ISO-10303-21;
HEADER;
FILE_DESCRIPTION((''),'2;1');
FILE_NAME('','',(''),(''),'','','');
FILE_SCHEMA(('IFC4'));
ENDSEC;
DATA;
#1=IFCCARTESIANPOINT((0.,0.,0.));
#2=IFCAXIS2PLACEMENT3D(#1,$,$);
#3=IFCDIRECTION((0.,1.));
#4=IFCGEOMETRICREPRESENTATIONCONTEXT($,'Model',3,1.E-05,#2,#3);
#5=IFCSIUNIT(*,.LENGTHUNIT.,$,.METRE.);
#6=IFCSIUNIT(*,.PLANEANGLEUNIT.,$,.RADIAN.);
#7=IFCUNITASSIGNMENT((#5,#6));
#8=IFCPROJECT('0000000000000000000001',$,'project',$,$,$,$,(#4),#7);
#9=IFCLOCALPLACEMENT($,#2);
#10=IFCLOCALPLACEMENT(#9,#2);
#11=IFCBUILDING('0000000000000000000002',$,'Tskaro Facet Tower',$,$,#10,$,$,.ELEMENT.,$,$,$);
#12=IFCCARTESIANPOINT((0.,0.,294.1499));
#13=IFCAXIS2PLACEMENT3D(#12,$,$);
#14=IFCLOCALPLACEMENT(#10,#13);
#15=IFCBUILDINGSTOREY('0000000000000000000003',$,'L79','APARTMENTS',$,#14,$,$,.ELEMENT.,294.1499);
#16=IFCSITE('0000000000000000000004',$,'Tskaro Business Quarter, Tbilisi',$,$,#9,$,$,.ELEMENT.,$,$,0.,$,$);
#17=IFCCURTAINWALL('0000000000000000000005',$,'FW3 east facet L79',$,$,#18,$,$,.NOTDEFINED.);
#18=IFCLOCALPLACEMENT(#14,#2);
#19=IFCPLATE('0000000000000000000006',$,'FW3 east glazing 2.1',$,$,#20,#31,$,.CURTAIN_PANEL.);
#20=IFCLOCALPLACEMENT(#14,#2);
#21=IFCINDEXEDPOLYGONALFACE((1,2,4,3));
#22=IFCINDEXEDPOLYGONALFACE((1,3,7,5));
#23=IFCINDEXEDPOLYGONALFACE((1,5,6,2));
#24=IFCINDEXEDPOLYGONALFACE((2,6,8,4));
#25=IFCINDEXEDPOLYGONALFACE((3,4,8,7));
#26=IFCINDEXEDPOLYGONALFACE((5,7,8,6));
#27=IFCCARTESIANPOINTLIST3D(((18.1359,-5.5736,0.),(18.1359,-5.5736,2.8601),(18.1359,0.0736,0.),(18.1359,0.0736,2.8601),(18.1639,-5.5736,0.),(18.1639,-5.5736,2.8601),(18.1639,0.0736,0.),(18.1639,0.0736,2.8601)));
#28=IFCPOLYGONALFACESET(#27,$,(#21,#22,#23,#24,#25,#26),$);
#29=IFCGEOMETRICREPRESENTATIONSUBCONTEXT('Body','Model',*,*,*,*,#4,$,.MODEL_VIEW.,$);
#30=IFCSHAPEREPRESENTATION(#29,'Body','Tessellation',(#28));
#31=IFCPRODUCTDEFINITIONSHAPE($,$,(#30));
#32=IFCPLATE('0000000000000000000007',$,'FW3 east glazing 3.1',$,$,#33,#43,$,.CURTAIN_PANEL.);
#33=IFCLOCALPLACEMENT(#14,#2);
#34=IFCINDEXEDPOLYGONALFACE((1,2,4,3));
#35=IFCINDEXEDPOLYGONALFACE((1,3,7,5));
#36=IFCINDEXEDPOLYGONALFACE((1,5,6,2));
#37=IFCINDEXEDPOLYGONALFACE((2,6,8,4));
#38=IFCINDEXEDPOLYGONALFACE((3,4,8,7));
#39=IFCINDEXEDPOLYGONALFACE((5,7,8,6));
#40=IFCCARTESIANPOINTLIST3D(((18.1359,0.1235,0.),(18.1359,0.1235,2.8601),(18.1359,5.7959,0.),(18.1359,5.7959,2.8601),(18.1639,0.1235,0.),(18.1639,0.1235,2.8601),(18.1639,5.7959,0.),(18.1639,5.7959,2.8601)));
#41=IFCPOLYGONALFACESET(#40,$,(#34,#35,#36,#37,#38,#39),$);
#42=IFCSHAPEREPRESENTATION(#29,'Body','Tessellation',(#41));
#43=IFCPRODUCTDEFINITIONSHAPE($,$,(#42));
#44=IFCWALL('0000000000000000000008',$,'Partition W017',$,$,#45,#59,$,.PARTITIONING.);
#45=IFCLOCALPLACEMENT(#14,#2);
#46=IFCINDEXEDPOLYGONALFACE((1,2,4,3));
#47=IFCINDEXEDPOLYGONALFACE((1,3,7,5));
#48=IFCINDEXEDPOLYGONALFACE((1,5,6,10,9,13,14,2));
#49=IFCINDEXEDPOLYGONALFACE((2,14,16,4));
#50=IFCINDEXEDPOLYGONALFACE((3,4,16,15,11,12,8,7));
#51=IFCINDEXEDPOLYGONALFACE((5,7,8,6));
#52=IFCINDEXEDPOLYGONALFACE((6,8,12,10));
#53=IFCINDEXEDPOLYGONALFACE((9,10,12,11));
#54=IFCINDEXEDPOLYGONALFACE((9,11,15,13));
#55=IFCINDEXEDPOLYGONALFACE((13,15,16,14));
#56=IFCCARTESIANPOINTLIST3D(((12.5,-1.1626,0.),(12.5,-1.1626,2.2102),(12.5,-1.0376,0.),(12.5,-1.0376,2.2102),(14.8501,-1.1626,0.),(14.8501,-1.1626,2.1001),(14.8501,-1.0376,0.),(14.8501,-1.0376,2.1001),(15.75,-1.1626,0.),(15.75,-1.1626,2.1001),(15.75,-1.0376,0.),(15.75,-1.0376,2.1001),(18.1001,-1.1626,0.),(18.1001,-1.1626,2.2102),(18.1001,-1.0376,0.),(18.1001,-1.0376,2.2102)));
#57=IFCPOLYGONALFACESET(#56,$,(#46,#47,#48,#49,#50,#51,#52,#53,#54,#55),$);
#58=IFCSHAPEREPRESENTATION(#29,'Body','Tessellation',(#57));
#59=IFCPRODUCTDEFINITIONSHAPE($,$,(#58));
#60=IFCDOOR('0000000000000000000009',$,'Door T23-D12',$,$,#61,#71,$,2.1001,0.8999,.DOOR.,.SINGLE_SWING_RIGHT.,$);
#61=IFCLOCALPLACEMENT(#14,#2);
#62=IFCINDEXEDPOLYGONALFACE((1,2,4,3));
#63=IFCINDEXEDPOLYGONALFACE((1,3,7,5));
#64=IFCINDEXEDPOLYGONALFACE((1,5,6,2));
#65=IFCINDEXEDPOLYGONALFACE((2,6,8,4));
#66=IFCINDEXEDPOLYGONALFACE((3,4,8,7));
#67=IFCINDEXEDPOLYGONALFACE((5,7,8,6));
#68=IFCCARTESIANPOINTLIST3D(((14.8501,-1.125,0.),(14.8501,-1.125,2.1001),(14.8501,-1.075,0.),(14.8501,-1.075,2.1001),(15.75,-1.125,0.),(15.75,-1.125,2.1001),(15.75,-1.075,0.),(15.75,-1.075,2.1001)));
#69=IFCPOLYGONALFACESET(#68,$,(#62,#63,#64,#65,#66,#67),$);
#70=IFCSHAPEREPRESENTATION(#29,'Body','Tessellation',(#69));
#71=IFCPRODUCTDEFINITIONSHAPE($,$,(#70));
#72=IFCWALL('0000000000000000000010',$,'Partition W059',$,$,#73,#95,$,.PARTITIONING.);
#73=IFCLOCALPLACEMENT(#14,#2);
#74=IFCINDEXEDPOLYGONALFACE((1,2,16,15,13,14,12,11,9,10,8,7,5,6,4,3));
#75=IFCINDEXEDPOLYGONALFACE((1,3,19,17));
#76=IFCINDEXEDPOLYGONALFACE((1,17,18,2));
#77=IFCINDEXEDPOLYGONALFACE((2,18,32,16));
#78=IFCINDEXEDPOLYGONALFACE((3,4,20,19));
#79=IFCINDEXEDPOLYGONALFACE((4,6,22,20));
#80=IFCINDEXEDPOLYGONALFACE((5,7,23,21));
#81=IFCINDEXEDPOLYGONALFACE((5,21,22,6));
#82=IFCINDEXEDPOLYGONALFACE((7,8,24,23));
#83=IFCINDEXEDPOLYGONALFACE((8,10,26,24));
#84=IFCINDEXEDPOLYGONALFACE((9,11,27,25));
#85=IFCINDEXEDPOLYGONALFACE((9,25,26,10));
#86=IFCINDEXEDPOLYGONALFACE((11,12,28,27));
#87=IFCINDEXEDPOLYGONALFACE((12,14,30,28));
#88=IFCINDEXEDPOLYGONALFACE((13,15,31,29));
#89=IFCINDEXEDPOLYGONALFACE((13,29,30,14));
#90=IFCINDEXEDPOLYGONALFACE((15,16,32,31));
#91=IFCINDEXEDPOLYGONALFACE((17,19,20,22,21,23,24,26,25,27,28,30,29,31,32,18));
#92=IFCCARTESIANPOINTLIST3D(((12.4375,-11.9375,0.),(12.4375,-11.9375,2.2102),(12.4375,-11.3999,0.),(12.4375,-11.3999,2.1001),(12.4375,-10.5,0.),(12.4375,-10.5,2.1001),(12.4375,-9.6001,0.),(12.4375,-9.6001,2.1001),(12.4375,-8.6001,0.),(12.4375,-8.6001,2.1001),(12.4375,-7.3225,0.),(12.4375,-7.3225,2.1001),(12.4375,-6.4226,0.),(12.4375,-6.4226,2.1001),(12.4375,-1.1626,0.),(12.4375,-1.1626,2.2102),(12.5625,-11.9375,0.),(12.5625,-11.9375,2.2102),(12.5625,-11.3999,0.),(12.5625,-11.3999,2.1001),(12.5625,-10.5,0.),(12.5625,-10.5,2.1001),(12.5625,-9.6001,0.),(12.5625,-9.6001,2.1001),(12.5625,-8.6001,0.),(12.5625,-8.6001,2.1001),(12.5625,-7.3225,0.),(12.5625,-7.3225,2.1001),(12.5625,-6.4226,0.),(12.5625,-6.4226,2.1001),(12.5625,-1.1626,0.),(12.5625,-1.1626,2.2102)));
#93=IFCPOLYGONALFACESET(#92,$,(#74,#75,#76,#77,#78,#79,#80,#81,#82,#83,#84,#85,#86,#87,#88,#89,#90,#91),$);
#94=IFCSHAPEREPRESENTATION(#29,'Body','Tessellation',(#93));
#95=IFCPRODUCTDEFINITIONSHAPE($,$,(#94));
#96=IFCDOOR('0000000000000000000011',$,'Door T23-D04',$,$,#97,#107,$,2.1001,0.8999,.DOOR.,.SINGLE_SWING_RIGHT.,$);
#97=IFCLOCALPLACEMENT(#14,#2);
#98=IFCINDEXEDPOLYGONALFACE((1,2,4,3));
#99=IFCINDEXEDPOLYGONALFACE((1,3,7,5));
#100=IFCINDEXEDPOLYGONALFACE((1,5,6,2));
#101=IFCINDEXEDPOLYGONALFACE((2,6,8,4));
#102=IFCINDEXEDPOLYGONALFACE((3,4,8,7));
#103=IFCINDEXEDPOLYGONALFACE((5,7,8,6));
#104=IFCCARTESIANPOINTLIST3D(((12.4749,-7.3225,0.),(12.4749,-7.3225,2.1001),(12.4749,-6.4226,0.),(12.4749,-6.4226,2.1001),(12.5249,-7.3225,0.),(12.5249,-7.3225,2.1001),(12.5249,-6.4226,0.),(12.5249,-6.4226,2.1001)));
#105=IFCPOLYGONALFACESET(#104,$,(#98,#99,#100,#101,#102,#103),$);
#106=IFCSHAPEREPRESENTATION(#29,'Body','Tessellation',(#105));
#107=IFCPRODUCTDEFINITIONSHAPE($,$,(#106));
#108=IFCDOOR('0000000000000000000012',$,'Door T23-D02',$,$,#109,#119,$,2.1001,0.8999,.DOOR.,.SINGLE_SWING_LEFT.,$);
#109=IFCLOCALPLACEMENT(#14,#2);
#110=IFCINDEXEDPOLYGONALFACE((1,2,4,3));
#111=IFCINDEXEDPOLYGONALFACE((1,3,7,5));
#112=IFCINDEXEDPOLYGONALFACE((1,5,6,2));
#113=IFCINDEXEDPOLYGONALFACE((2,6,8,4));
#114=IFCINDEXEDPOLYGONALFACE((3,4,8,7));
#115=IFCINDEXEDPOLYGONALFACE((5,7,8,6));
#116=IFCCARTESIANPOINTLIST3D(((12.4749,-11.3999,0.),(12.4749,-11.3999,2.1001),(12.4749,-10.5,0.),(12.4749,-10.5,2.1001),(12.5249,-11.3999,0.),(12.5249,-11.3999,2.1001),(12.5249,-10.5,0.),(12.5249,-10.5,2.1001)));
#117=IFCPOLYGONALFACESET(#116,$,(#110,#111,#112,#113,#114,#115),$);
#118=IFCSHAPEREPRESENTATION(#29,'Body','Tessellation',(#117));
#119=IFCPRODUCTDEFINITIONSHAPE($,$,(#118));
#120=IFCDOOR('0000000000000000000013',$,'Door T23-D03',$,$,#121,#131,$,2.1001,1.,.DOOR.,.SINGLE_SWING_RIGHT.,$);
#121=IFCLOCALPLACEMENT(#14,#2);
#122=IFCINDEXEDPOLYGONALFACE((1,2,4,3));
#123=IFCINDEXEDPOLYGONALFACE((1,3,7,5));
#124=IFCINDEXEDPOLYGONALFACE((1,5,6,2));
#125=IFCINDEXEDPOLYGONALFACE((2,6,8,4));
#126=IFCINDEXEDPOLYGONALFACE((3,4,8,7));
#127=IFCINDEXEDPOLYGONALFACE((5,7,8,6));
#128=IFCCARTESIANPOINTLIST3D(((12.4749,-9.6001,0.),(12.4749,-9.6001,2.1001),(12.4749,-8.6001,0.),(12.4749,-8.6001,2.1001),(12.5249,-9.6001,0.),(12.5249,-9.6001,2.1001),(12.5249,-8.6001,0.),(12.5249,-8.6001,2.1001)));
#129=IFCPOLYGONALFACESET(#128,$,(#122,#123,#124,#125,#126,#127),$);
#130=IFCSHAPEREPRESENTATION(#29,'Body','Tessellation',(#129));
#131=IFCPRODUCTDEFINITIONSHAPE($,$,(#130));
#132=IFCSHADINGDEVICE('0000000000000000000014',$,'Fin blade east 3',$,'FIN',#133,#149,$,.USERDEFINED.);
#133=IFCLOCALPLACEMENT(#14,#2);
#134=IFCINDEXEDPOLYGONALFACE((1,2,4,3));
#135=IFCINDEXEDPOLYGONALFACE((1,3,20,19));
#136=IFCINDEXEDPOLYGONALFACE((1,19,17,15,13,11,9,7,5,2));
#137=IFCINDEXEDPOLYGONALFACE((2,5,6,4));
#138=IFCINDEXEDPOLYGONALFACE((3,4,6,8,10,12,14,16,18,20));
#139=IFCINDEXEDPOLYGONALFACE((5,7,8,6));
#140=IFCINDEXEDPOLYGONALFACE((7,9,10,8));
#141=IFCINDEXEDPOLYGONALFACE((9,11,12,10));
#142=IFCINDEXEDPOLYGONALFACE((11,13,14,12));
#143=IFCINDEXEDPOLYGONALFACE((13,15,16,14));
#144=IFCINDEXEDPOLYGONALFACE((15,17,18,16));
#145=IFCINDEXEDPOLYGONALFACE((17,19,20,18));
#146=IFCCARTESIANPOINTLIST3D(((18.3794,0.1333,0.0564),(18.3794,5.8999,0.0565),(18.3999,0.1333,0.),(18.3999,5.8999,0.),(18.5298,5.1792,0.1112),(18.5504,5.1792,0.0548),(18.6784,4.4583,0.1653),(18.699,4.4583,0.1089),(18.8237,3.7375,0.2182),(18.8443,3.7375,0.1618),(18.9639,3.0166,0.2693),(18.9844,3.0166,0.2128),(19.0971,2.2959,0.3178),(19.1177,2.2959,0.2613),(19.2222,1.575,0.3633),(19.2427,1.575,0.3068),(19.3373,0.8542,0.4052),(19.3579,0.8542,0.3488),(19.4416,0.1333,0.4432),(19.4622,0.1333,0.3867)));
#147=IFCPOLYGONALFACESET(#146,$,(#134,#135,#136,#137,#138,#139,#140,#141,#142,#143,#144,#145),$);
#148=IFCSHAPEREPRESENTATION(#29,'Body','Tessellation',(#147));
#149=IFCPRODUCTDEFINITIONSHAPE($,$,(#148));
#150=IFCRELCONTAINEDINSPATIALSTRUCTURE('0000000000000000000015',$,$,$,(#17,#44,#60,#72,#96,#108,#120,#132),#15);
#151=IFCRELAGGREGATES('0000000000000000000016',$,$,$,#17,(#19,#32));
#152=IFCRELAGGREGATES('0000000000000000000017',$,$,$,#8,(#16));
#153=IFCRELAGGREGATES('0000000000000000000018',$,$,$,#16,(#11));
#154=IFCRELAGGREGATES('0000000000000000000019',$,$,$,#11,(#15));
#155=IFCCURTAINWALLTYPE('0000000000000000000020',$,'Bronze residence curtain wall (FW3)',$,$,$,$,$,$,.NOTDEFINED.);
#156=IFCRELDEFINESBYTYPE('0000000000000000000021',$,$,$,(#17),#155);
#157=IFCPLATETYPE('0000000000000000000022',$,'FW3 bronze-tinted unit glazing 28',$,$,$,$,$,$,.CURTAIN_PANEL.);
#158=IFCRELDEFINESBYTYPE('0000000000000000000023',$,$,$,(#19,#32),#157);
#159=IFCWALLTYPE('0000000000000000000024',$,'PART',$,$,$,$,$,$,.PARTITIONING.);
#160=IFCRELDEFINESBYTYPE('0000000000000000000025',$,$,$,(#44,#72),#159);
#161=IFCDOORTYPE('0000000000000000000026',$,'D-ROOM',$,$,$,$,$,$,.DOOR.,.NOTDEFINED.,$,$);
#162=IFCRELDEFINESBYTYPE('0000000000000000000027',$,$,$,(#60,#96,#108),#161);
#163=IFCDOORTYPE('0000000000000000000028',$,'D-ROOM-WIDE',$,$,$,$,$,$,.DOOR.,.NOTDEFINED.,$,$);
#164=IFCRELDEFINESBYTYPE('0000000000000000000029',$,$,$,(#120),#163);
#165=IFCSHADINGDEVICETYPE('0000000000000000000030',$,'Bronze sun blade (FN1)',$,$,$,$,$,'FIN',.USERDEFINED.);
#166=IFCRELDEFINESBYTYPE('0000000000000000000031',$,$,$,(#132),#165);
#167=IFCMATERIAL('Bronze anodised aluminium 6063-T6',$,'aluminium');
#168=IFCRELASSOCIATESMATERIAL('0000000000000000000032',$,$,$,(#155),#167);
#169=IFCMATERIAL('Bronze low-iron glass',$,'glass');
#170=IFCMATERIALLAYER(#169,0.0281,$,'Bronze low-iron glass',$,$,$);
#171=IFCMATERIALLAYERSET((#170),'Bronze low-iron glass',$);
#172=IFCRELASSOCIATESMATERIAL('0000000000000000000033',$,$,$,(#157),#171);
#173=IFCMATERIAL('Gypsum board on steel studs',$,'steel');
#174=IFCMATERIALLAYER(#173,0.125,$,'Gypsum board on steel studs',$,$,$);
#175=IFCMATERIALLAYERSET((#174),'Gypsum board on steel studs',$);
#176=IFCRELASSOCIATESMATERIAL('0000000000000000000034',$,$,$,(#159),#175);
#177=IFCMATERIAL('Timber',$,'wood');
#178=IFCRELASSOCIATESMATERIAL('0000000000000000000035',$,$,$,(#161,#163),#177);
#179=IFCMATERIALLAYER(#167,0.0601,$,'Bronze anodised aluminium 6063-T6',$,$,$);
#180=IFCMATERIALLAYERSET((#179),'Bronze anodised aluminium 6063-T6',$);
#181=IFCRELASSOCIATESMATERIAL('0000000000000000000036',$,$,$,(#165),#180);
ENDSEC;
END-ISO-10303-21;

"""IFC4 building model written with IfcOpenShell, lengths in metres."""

from ifc_helpers import new_model, si_unit, direction, frame, frame_2d, origin, origin_2d, place, context, subcontext, project, spatial, polyline, rectangle, outline, extrude, material, layer, layer_set, type_object, element, fill, aggregate, save


model = new_model("IFC4")

# Units and contexts
model_context = context("Model", 3, precision=1e-05, world=origin(), true_north=direction((0.0, 1.0)))
body_context = subcontext(model_context, "Body", "Model", "MODEL_VIEW")
ifc_project = project(units=[si_unit("LENGTHUNIT", "METRE"), si_unit("PLANEANGLEUNIT", "RADIAN")], contexts=[model_context])

# Site, building, storey
site_placement = place(None, origin())
site = spatial("IfcSite", under=ifc_project, at=site_placement, Name="Tskaro Business Quarter, Tbilisi", CompositionType="ELEMENT", RefElevation=0.0)
building_placement = place(site_placement, origin())
building = spatial("IfcBuilding", under=site, at=building_placement, Name="Tskaro Facet Tower", CompositionType="ELEMENT")
storey_placement = place(building_placement, frame((0.0, 0.0, 294.1499)))
storey = spatial("IfcBuildingStorey", under=building, at=storey_placement, Name="L79", Description="APARTMENTS", CompositionType="ELEMENT", Elevation=294.1499)

# Curtain wall
ifc_material_1 = material(Name="Bronze anodised aluminium 6063-T6", Category="aluminium")
curtain_wall_type = type_object("IfcCurtainWallType", Name="Bronze residence curtain wall (FW3)", PredefinedType="NOTDEFINED", material=ifc_material_1)
curtain_wall_placement = place(storey_placement, origin())
curtain_wall = element("IfcCurtainWall", 1, at=curtain_wall_placement, inside=storey, type_object=curtain_wall_type, Name="FW3 east facet L79", PredefinedType="NOTDEFINED")

# Plates
ifc_material_2 = material(Name="Bronze low-iron glass", Category="glass")
ifc_layer_1 = layer(ifc_material_2, 0.0281, Name="Bronze low-iron glass")
ifc_layer_set_1 = layer_set([ifc_layer_1], Name="Bronze low-iron glass")
plate_type = type_object("IfcPlateType", Name="FW3 bronze-tinted unit glazing 28", PredefinedType="CURTAIN_PANEL", material=ifc_layer_set_1)
plate_1_placement = place(storey_placement, frame((18.1499, -2.75, 0.0), z_axis=(0.0, 0.0, 1.0), x_axis=(0.0, 1.0, 0.0)))
plate_1 = element("IfcPlate", 2, at=plate_1_placement, type_object=plate_type, Name="FW3 east glazing 2.1", PredefinedType="CURTAIN_PANEL", context=body_context, shape_type="SweptSolid", body=[
    extrude(rectangle(XDim=5.6472, YDim=0.0281, at=origin_2d()), origin(), (0.0, 0.0, 1.0), 2.8601),
])
plate_2_placement = place(storey_placement, frame((18.1499, 2.9597, 0.0), z_axis=(0.0, 0.0, 1.0), x_axis=(0.0, 1.0, 0.0)))
plate_2 = element("IfcPlate", 3, at=plate_2_placement, type_object=plate_type, Name="FW3 east glazing 3.1", PredefinedType="CURTAIN_PANEL", context=body_context, shape_type="SweptSolid", body=[
    extrude(rectangle(XDim=5.6724, YDim=0.0281, at=origin_2d()), origin(), (0.0, 0.0, 1.0), 2.8601),
])
aggregate(curtain_wall, [plate_1, plate_2])

# Wall, opening, door
ifc_material_3 = material(Name="Gypsum board on steel studs", Category="steel")
ifc_layer_2 = layer(ifc_material_3, 0.125, Name="Gypsum board on steel studs")
ifc_layer_set_2 = layer_set([ifc_layer_2], Name="Gypsum board on steel studs")
wall_type = type_object("IfcWallType", Name="PART", PredefinedType="PARTITIONING", material=ifc_layer_set_2)
wall_1_placement = place(storey_placement, frame((18.1001, -1.1001, 0.0), z_axis=(0.0, 0.0, 1.0), x_axis=(-1.0, 0.0, 0.0)))
wall_1 = element("IfcWall", 4, at=wall_1_placement, inside=storey, type_object=wall_type, Name="Partition W017", PredefinedType="PARTITIONING", context=body_context, shape_type="SweptSolid", body=[
    extrude(rectangle(XDim=5.6001, YDim=0.125, at=frame_2d((2.8, 0.0))), origin(), (0.0, 0.0, 1.0), 2.2102),
])
opening_1_placement = place(wall_1_placement, frame((2.3501, 0.0, 0.0)))
opening_1 = element("IfcOpeningElement", 5, at=opening_1_placement, cuts=wall_1, PredefinedType="OPENING", context=body_context, shape_type="SweptSolid", body=[
    extrude(rectangle(XDim=0.8999, YDim=2.1001, at=frame_2d((0.45, 1.05))), frame((0.0, 0.0725, 0.0), z_axis=(0.0, -1.0, 0.0), x_axis=(1.0, 0.0, 0.0)), (0.0, 0.0, 1.0), 0.145),
])
ifc_material_4 = material(Name="Timber", Category="wood")
door_type_1 = type_object("IfcDoorType", Name="D-ROOM", OperationType="NOTDEFINED", PredefinedType="DOOR", material=ifc_material_4)
door_1_placement = place(opening_1_placement, origin())
door_1 = element("IfcDoor", 6, at=door_1_placement, inside=storey, type_object=door_type_1, Name="Door T23-D12", OperationType="SINGLE_SWING_RIGHT", OverallHeight=2.1001, OverallWidth=0.8999, PredefinedType="DOOR", context=body_context, shape_type="SweptSolid", body=[
    extrude(rectangle(XDim=0.8999, YDim=2.1001, at=frame_2d((0.45, 1.05))), frame((0.0, 0.0249, 0.0), z_axis=(0.0, -1.0, 0.0), x_axis=(1.0, 0.0, 0.0)), (0.0, 0.0, 1.0), 0.05),
])
fill(opening_1, door_1)

# Wall, openings, doors
wall_2_placement = place(storey_placement, frame((12.5, -1.1626, 0.0), z_axis=(0.0, 0.0, 1.0), x_axis=(0.0, -1.0, 0.0)))
wall_2 = element("IfcWall", 7, at=wall_2_placement, inside=storey, type_object=wall_type, Name="Partition W059", PredefinedType="PARTITIONING", context=body_context, shape_type="SweptSolid", body=[
    extrude(rectangle(XDim=10.7749, YDim=0.125, at=frame_2d((5.3875, 0.0))), origin(), (0.0, 0.0, 1.0), 2.2102),
])
opening_2_placement = place(wall_2_placement, frame((5.26, 0.0, 0.0)))
opening_2 = element("IfcOpeningElement", 8, at=opening_2_placement, cuts=wall_2, PredefinedType="OPENING", context=body_context, shape_type="SweptSolid", body=[
    extrude(rectangle(XDim=0.8999, YDim=2.1001, at=frame_2d((0.45, 1.05))), frame((0.0, 0.0725, 0.0), z_axis=(0.0, -1.0, 0.0), x_axis=(1.0, 0.0, 0.0)), (0.0, 0.0, 1.0), 0.145),
])
opening_3_placement = place(wall_2_placement, frame((7.4375, 0.0, 0.0)))
opening_3 = element("IfcOpeningElement", 9, at=opening_3_placement, cuts=wall_2, PredefinedType="OPENING", context=body_context, shape_type="SweptSolid", body=[
    extrude(rectangle(XDim=1.0, YDim=2.1001, at=frame_2d((0.5, 1.05))), frame((0.0, 0.0725, 0.0), z_axis=(0.0, -1.0, 0.0), x_axis=(1.0, 0.0, 0.0)), (0.0, 0.0, 1.0), 0.145),
])
opening_4_placement = place(wall_2_placement, frame((9.3374, 0.0, 0.0)))
opening_4 = element("IfcOpeningElement", 10, at=opening_4_placement, cuts=wall_2, PredefinedType="OPENING", context=body_context, shape_type="SweptSolid", body=[
    extrude(rectangle(XDim=0.8999, YDim=2.1001, at=frame_2d((0.45, 1.05))), frame((0.0, 0.0725, 0.0), z_axis=(0.0, -1.0, 0.0), x_axis=(1.0, 0.0, 0.0)), (0.0, 0.0, 1.0), 0.145),
])
door_2_placement = place(opening_2_placement, origin())
door_2 = element("IfcDoor", 11, at=door_2_placement, inside=storey, type_object=door_type_1, Name="Door T23-D04", OperationType="SINGLE_SWING_RIGHT", OverallHeight=2.1001, OverallWidth=0.8999, PredefinedType="DOOR", context=body_context, shape_type="SweptSolid", body=[
    extrude(rectangle(XDim=0.8999, YDim=2.1001, at=frame_2d((0.45, 1.05))), frame((0.0, 0.0249, 0.0), z_axis=(0.0, -1.0, 0.0), x_axis=(1.0, 0.0, 0.0)), (0.0, 0.0, 1.0), 0.05),
])
fill(opening_2, door_2)
door_3_placement = place(opening_4_placement, origin())
door_3 = element("IfcDoor", 12, at=door_3_placement, inside=storey, type_object=door_type_1, Name="Door T23-D02", OperationType="SINGLE_SWING_LEFT", OverallHeight=2.1001, OverallWidth=0.8999, PredefinedType="DOOR", context=body_context, shape_type="SweptSolid", body=[
    extrude(rectangle(XDim=0.8999, YDim=2.1001, at=frame_2d((0.45, 1.05))), frame((0.0, 0.0249, 0.0), z_axis=(0.0, -1.0, 0.0), x_axis=(1.0, 0.0, 0.0)), (0.0, 0.0, 1.0), 0.05),
])
fill(opening_4, door_3)
door_type_2 = type_object("IfcDoorType", Name="D-ROOM-WIDE", OperationType="NOTDEFINED", PredefinedType="DOOR", material=ifc_material_4)
door_4_placement = place(opening_3_placement, origin())
door_4 = element("IfcDoor", 13, at=door_4_placement, inside=storey, type_object=door_type_2, Name="Door T23-D03", OperationType="SINGLE_SWING_RIGHT", OverallHeight=2.1001, OverallWidth=1.0, PredefinedType="DOOR", context=body_context, shape_type="SweptSolid", body=[
    extrude(rectangle(XDim=1.0, YDim=2.1001, at=frame_2d((0.5, 1.05))), frame((0.0, 0.0249, 0.0), z_axis=(0.0, -1.0, 0.0), x_axis=(1.0, 0.0, 0.0)), (0.0, 0.0, 1.0), 0.05),
])
fill(opening_3, door_4)

# Shading device
ifc_layer_3 = layer(ifc_material_1, 0.0601, Name="Bronze anodised aluminium 6063-T6")
ifc_layer_set_3 = layer_set([ifc_layer_3], Name="Bronze anodised aluminium 6063-T6")
shading_device_type = type_object("IfcShadingDeviceType", Name="Bronze sun blade (FN1)", ElementType="FIN", PredefinedType="USERDEFINED", material=ifc_layer_set_3)
shading_device_placement = place(storey_placement, frame((18.3794, 0.1333, 0.0564), z_axis=(-0.342138, -0.000012, 0.93965), x_axis=(-0.000004, 1.0, 0.000011)))
element("IfcShadingDevice", 14, at=shading_device_placement, inside=storey, type_object=shading_device_type, Name="Fin blade east 3", ObjectType="FIN", PredefinedType="USERDEFINED", context=body_context, shape_type="SweptSolid", body=[
    extrude(outline(polyline([(0.0, 0.0), (5.7666, 0.0), (5.0459, -0.1601), (4.325, -0.3183), (3.6042, -0.4729), (2.8833, -0.622), (2.1626, -0.7638), (1.4417, -0.8969), (0.7209, -1.0195), (0.0, -1.1305), (0.0, 0.0)])), origin(), (0.0, 0.0, -1.0), 0.0601),
])

save(model, "model.ifc")
